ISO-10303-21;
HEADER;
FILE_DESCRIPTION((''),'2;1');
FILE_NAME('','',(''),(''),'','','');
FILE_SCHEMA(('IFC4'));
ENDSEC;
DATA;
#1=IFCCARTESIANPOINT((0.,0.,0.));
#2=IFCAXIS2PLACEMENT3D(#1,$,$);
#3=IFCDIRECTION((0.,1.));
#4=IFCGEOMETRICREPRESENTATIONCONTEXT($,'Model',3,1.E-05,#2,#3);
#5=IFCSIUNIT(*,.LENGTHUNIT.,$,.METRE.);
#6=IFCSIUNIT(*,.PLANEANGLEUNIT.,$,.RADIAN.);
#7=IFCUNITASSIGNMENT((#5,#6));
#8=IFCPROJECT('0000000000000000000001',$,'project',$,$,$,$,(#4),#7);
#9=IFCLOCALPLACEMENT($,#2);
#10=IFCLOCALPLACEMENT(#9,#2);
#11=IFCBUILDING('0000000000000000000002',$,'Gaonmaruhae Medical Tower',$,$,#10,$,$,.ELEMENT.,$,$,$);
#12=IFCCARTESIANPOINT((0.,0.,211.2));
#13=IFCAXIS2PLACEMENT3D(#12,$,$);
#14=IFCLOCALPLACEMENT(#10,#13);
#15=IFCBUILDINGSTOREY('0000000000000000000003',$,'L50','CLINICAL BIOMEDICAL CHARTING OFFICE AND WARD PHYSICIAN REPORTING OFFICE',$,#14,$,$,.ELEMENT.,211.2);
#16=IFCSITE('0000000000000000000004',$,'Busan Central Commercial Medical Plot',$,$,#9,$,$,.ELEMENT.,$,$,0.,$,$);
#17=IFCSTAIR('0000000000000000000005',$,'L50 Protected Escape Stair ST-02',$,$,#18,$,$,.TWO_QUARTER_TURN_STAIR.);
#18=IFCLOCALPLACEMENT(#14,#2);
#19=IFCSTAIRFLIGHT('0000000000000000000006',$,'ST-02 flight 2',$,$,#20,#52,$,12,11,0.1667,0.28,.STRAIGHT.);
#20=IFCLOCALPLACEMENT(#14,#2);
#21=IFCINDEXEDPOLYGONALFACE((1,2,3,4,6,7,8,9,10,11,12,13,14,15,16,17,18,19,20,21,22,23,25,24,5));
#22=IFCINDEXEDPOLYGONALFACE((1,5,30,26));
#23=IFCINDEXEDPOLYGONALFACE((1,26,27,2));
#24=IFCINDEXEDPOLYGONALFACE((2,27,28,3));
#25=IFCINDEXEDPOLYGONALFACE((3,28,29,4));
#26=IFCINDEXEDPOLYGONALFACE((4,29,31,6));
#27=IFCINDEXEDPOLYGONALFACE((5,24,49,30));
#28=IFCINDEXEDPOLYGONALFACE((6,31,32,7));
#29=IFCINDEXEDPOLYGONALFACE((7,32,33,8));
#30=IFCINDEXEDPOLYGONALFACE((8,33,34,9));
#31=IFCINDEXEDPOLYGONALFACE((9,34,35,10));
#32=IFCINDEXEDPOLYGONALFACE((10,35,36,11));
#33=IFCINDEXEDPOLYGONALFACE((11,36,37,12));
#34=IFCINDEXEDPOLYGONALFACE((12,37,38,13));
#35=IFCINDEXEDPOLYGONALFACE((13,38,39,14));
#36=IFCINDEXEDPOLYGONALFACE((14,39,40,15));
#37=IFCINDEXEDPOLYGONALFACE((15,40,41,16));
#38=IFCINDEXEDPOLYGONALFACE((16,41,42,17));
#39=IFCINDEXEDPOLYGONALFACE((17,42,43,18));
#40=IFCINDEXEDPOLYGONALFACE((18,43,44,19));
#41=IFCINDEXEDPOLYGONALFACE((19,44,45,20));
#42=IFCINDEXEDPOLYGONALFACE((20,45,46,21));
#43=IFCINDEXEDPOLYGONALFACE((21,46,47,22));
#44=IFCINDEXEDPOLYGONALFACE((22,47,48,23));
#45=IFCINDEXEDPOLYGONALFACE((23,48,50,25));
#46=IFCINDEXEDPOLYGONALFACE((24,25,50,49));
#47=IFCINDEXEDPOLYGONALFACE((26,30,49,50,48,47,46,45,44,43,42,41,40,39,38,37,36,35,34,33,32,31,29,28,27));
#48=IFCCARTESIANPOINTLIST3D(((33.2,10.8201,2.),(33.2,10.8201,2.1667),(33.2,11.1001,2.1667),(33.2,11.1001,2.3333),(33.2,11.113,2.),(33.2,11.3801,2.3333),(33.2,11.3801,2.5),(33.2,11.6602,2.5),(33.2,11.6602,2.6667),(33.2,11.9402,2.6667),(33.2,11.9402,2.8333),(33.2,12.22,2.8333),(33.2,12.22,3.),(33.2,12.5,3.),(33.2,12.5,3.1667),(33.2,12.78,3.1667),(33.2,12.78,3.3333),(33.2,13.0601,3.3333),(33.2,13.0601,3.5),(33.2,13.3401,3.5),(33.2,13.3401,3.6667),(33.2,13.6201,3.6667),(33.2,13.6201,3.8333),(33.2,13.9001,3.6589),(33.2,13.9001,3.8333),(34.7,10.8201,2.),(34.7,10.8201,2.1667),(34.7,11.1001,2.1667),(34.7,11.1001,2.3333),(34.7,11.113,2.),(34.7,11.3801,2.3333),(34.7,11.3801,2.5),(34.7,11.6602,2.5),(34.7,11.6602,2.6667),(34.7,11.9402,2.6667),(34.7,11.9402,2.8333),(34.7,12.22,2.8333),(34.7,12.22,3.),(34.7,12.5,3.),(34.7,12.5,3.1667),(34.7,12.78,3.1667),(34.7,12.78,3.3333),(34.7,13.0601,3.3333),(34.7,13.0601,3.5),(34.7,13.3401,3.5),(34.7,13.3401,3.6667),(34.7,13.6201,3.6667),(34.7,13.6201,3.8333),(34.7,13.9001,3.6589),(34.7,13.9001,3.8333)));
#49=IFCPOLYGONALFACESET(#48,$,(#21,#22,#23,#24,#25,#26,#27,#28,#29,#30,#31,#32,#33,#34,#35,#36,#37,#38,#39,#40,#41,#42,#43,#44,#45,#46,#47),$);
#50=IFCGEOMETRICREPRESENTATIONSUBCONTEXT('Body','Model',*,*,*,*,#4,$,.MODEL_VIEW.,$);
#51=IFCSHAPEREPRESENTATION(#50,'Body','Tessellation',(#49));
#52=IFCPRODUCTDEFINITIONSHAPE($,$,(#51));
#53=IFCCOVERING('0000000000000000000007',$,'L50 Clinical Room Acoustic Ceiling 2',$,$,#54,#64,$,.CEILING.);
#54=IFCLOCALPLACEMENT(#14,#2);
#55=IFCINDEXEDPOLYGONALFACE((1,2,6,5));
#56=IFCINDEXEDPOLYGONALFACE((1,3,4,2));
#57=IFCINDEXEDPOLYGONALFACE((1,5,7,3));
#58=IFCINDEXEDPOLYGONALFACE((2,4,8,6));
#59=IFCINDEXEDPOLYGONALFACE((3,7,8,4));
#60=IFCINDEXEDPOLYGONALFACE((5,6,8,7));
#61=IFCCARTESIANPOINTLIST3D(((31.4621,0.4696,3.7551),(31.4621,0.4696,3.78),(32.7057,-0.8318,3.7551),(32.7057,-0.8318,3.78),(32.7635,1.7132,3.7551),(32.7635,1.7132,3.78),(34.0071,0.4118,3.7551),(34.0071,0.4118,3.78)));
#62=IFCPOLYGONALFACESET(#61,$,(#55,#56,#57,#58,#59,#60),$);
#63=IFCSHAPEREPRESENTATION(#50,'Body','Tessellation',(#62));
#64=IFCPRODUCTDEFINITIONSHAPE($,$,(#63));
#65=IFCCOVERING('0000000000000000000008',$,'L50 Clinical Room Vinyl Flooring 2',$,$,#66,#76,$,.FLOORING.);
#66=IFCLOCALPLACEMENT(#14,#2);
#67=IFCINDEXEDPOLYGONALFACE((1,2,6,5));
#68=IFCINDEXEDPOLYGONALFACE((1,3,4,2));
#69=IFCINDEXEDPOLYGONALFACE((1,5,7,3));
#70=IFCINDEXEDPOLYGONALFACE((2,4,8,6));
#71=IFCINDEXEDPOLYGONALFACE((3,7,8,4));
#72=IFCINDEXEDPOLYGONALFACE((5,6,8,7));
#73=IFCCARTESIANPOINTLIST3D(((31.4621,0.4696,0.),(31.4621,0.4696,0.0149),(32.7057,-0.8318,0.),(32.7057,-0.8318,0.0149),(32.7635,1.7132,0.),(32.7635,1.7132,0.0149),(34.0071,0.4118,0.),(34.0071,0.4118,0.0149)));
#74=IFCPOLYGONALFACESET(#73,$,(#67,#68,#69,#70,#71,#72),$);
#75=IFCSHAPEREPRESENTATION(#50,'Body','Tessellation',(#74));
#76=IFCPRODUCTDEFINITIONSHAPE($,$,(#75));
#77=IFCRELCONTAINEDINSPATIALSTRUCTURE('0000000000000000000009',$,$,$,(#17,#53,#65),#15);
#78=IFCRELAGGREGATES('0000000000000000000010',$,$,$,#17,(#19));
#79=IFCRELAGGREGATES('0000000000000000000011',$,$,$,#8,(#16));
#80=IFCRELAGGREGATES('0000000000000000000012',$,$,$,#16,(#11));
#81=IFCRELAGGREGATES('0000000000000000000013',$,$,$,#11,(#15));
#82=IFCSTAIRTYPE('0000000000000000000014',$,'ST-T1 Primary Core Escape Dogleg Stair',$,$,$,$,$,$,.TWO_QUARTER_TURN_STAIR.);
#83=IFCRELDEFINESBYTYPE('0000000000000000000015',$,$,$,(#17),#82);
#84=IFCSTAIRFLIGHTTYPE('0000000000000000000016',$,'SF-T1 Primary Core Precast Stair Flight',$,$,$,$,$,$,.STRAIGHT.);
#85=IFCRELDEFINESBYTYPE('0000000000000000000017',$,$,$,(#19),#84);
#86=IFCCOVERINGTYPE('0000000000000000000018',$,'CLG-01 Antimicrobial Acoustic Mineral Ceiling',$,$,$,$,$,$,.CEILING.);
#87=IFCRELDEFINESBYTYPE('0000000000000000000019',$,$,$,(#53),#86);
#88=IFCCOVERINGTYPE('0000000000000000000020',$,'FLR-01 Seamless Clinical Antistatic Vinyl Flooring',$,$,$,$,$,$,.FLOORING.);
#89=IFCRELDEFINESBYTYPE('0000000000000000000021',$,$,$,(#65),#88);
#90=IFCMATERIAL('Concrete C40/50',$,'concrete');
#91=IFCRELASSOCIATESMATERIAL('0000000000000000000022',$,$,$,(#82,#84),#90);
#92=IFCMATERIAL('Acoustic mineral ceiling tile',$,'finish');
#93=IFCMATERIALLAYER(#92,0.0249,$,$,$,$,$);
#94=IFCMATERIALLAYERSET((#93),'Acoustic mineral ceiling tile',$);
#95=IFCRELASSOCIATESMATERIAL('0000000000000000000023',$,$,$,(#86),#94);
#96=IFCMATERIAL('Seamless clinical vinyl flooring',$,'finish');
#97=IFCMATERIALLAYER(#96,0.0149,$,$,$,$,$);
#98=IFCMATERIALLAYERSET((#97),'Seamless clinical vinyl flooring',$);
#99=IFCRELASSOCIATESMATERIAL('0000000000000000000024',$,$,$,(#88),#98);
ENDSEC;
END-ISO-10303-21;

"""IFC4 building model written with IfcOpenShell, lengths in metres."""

from ifc_helpers import new_model, si_unit, direction, frame, origin, origin_2d, place, context, subcontext, project, spatial, polyline, rectangle, outline, extrude, material, layer, layer_set, type_object, element, aggregate, save


model = new_model("IFC4")

# Units and contexts
model_context = context("Model", 3, precision=1e-05, world=origin(), true_north=direction((0.0, 1.0)))
body_context = subcontext(model_context, "Body", "Model", "MODEL_VIEW")
ifc_project = project(units=[si_unit("LENGTHUNIT", "METRE"), si_unit("PLANEANGLEUNIT", "RADIAN")], contexts=[model_context])

# Site, building, storey
site_placement = place(None, origin())
site = spatial("IfcSite", under=ifc_project, at=site_placement, Name="Busan Central Commercial Medical Plot", CompositionType="ELEMENT", RefElevation=0.0)
building_placement = place(site_placement, origin())
building = spatial("IfcBuilding", under=site, at=building_placement, Name="Gaonmaruhae Medical Tower", CompositionType="ELEMENT")
storey_placement = place(building_placement, frame((0.0, 0.0, 211.2)))
storey = spatial("IfcBuildingStorey", under=building, at=storey_placement, Name="L50", Description="CLINICAL BIOMEDICAL CHARTING OFFICE AND WARD PHYSICIAN REPORTING OFFICE", CompositionType="ELEMENT", Elevation=211.2)

# Stair, stair flight
ifc_material_1 = material(Name="Concrete C40/50", Category="concrete")
stair_type = type_object("IfcStairType", Name="ST-T1 Primary Core Escape Dogleg Stair", PredefinedType="TWO_QUARTER_TURN_STAIR", material=ifc_material_1)
stair_placement = place(storey_placement, origin())
stair = element("IfcStair", 1, at=stair_placement, inside=storey, type_object=stair_type, Name="L50 Protected Escape Stair ST-02", PredefinedType="TWO_QUARTER_TURN_STAIR")
stair_flight_type = type_object("IfcStairFlightType", Name="SF-T1 Primary Core Precast Stair Flight", PredefinedType="STRAIGHT", material=ifc_material_1)
stair_flight_placement = place(storey_placement, frame((33.95, 10.8201, 2.0), z_axis=(0.0, 0.0, 1.0), x_axis=(0.0, 1.0, 0.0)))
stair_flight = element("IfcStairFlight", 2, at=stair_flight_placement, type_object=stair_flight_type, Name="ST-02 flight 2", NumberOfRisers=12, NumberOfTreads=11, PredefinedType="STRAIGHT", RiserHeight=0.1667, TreadLength=0.28, context=body_context, shape_type="SweptSolid", body=[
    extrude(outline(polyline([(0.0, 0.0), (0.0, 0.1667), (0.28, 0.1667), (0.28, 0.3333), (0.5601, 0.3333), (0.5601, 0.5), (0.8401, 0.5), (0.8401, 0.6667), (1.1201, 0.6667), (1.1201, 0.8333), (1.3999, 0.8333), (1.3999, 1.0), (1.6799, 1.0), (1.6799, 1.1667), (1.96, 1.1667), (1.96, 1.3333), (2.24, 1.3333), (2.24, 1.5), (2.52, 1.5), (2.52, 1.6667), (2.8, 1.6667), (2.8, 1.8333), (3.0801, 1.8333), (3.0801, 2.0), (3.0801, 1.6589), (0.293, 0.0), (0.0, 0.0)])), frame((0.0, 0.75, 0.0), z_axis=(0.0, -1.0, 0.0), x_axis=(1.0, 0.0, 0.0)), (0.0, 0.0, 1.0), 1.5),
])
aggregate(stair, [stair_flight])

# Coverings
ifc_material_2 = material(Name="Acoustic mineral ceiling tile", Category="finish")
ifc_layer_1 = layer(ifc_material_2, 0.0249)
ifc_layer_set_1 = layer_set([ifc_layer_1], Name="Acoustic mineral ceiling tile")
covering_type_1 = type_object("IfcCoveringType", Name="CLG-01 Antimicrobial Acoustic Mineral Ceiling", PredefinedType="CEILING", material=ifc_layer_set_1)
covering_1_placement = place(storey_placement, frame((32.7346, 0.4407, 3.7551), z_axis=(0.0, 0.0, 1.0), x_axis=(0.722967, 0.690882, 0.0)))
element("IfcCovering", 3, at=covering_1_placement, inside=storey, type_object=covering_type_1, Name="L50 Clinical Room Acoustic Ceiling 2", PredefinedType="CEILING", context=body_context, shape_type="SweptSolid", body=[
    extrude(rectangle(XDim=1.8, YDim=1.8, at=origin_2d()), origin(), (0.0, 0.0, 1.0), 0.0249),
])
ifc_material_3 = material(Name="Seamless clinical vinyl flooring", Category="finish")
ifc_layer_2 = layer(ifc_material_3, 0.0149)
ifc_layer_set_2 = layer_set([ifc_layer_2], Name="Seamless clinical vinyl flooring")
covering_type_2 = type_object("IfcCoveringType", Name="FLR-01 Seamless Clinical Antistatic Vinyl Flooring", PredefinedType="FLOORING", material=ifc_layer_set_2)
covering_2_placement = place(storey_placement, frame((32.7346, 0.4407, 0.0), z_axis=(0.0, 0.0, 1.0), x_axis=(0.722967, 0.690882, 0.0)))
element("IfcCovering", 4, at=covering_2_placement, inside=storey, type_object=covering_type_2, Name="L50 Clinical Room Vinyl Flooring 2", PredefinedType="FLOORING", context=body_context, shape_type="SweptSolid", body=[
    extrude(rectangle(XDim=1.8, YDim=1.8, at=origin_2d()), origin(), (0.0, 0.0, 1.0), 0.0149),
])

save(model, "model.ifc")
